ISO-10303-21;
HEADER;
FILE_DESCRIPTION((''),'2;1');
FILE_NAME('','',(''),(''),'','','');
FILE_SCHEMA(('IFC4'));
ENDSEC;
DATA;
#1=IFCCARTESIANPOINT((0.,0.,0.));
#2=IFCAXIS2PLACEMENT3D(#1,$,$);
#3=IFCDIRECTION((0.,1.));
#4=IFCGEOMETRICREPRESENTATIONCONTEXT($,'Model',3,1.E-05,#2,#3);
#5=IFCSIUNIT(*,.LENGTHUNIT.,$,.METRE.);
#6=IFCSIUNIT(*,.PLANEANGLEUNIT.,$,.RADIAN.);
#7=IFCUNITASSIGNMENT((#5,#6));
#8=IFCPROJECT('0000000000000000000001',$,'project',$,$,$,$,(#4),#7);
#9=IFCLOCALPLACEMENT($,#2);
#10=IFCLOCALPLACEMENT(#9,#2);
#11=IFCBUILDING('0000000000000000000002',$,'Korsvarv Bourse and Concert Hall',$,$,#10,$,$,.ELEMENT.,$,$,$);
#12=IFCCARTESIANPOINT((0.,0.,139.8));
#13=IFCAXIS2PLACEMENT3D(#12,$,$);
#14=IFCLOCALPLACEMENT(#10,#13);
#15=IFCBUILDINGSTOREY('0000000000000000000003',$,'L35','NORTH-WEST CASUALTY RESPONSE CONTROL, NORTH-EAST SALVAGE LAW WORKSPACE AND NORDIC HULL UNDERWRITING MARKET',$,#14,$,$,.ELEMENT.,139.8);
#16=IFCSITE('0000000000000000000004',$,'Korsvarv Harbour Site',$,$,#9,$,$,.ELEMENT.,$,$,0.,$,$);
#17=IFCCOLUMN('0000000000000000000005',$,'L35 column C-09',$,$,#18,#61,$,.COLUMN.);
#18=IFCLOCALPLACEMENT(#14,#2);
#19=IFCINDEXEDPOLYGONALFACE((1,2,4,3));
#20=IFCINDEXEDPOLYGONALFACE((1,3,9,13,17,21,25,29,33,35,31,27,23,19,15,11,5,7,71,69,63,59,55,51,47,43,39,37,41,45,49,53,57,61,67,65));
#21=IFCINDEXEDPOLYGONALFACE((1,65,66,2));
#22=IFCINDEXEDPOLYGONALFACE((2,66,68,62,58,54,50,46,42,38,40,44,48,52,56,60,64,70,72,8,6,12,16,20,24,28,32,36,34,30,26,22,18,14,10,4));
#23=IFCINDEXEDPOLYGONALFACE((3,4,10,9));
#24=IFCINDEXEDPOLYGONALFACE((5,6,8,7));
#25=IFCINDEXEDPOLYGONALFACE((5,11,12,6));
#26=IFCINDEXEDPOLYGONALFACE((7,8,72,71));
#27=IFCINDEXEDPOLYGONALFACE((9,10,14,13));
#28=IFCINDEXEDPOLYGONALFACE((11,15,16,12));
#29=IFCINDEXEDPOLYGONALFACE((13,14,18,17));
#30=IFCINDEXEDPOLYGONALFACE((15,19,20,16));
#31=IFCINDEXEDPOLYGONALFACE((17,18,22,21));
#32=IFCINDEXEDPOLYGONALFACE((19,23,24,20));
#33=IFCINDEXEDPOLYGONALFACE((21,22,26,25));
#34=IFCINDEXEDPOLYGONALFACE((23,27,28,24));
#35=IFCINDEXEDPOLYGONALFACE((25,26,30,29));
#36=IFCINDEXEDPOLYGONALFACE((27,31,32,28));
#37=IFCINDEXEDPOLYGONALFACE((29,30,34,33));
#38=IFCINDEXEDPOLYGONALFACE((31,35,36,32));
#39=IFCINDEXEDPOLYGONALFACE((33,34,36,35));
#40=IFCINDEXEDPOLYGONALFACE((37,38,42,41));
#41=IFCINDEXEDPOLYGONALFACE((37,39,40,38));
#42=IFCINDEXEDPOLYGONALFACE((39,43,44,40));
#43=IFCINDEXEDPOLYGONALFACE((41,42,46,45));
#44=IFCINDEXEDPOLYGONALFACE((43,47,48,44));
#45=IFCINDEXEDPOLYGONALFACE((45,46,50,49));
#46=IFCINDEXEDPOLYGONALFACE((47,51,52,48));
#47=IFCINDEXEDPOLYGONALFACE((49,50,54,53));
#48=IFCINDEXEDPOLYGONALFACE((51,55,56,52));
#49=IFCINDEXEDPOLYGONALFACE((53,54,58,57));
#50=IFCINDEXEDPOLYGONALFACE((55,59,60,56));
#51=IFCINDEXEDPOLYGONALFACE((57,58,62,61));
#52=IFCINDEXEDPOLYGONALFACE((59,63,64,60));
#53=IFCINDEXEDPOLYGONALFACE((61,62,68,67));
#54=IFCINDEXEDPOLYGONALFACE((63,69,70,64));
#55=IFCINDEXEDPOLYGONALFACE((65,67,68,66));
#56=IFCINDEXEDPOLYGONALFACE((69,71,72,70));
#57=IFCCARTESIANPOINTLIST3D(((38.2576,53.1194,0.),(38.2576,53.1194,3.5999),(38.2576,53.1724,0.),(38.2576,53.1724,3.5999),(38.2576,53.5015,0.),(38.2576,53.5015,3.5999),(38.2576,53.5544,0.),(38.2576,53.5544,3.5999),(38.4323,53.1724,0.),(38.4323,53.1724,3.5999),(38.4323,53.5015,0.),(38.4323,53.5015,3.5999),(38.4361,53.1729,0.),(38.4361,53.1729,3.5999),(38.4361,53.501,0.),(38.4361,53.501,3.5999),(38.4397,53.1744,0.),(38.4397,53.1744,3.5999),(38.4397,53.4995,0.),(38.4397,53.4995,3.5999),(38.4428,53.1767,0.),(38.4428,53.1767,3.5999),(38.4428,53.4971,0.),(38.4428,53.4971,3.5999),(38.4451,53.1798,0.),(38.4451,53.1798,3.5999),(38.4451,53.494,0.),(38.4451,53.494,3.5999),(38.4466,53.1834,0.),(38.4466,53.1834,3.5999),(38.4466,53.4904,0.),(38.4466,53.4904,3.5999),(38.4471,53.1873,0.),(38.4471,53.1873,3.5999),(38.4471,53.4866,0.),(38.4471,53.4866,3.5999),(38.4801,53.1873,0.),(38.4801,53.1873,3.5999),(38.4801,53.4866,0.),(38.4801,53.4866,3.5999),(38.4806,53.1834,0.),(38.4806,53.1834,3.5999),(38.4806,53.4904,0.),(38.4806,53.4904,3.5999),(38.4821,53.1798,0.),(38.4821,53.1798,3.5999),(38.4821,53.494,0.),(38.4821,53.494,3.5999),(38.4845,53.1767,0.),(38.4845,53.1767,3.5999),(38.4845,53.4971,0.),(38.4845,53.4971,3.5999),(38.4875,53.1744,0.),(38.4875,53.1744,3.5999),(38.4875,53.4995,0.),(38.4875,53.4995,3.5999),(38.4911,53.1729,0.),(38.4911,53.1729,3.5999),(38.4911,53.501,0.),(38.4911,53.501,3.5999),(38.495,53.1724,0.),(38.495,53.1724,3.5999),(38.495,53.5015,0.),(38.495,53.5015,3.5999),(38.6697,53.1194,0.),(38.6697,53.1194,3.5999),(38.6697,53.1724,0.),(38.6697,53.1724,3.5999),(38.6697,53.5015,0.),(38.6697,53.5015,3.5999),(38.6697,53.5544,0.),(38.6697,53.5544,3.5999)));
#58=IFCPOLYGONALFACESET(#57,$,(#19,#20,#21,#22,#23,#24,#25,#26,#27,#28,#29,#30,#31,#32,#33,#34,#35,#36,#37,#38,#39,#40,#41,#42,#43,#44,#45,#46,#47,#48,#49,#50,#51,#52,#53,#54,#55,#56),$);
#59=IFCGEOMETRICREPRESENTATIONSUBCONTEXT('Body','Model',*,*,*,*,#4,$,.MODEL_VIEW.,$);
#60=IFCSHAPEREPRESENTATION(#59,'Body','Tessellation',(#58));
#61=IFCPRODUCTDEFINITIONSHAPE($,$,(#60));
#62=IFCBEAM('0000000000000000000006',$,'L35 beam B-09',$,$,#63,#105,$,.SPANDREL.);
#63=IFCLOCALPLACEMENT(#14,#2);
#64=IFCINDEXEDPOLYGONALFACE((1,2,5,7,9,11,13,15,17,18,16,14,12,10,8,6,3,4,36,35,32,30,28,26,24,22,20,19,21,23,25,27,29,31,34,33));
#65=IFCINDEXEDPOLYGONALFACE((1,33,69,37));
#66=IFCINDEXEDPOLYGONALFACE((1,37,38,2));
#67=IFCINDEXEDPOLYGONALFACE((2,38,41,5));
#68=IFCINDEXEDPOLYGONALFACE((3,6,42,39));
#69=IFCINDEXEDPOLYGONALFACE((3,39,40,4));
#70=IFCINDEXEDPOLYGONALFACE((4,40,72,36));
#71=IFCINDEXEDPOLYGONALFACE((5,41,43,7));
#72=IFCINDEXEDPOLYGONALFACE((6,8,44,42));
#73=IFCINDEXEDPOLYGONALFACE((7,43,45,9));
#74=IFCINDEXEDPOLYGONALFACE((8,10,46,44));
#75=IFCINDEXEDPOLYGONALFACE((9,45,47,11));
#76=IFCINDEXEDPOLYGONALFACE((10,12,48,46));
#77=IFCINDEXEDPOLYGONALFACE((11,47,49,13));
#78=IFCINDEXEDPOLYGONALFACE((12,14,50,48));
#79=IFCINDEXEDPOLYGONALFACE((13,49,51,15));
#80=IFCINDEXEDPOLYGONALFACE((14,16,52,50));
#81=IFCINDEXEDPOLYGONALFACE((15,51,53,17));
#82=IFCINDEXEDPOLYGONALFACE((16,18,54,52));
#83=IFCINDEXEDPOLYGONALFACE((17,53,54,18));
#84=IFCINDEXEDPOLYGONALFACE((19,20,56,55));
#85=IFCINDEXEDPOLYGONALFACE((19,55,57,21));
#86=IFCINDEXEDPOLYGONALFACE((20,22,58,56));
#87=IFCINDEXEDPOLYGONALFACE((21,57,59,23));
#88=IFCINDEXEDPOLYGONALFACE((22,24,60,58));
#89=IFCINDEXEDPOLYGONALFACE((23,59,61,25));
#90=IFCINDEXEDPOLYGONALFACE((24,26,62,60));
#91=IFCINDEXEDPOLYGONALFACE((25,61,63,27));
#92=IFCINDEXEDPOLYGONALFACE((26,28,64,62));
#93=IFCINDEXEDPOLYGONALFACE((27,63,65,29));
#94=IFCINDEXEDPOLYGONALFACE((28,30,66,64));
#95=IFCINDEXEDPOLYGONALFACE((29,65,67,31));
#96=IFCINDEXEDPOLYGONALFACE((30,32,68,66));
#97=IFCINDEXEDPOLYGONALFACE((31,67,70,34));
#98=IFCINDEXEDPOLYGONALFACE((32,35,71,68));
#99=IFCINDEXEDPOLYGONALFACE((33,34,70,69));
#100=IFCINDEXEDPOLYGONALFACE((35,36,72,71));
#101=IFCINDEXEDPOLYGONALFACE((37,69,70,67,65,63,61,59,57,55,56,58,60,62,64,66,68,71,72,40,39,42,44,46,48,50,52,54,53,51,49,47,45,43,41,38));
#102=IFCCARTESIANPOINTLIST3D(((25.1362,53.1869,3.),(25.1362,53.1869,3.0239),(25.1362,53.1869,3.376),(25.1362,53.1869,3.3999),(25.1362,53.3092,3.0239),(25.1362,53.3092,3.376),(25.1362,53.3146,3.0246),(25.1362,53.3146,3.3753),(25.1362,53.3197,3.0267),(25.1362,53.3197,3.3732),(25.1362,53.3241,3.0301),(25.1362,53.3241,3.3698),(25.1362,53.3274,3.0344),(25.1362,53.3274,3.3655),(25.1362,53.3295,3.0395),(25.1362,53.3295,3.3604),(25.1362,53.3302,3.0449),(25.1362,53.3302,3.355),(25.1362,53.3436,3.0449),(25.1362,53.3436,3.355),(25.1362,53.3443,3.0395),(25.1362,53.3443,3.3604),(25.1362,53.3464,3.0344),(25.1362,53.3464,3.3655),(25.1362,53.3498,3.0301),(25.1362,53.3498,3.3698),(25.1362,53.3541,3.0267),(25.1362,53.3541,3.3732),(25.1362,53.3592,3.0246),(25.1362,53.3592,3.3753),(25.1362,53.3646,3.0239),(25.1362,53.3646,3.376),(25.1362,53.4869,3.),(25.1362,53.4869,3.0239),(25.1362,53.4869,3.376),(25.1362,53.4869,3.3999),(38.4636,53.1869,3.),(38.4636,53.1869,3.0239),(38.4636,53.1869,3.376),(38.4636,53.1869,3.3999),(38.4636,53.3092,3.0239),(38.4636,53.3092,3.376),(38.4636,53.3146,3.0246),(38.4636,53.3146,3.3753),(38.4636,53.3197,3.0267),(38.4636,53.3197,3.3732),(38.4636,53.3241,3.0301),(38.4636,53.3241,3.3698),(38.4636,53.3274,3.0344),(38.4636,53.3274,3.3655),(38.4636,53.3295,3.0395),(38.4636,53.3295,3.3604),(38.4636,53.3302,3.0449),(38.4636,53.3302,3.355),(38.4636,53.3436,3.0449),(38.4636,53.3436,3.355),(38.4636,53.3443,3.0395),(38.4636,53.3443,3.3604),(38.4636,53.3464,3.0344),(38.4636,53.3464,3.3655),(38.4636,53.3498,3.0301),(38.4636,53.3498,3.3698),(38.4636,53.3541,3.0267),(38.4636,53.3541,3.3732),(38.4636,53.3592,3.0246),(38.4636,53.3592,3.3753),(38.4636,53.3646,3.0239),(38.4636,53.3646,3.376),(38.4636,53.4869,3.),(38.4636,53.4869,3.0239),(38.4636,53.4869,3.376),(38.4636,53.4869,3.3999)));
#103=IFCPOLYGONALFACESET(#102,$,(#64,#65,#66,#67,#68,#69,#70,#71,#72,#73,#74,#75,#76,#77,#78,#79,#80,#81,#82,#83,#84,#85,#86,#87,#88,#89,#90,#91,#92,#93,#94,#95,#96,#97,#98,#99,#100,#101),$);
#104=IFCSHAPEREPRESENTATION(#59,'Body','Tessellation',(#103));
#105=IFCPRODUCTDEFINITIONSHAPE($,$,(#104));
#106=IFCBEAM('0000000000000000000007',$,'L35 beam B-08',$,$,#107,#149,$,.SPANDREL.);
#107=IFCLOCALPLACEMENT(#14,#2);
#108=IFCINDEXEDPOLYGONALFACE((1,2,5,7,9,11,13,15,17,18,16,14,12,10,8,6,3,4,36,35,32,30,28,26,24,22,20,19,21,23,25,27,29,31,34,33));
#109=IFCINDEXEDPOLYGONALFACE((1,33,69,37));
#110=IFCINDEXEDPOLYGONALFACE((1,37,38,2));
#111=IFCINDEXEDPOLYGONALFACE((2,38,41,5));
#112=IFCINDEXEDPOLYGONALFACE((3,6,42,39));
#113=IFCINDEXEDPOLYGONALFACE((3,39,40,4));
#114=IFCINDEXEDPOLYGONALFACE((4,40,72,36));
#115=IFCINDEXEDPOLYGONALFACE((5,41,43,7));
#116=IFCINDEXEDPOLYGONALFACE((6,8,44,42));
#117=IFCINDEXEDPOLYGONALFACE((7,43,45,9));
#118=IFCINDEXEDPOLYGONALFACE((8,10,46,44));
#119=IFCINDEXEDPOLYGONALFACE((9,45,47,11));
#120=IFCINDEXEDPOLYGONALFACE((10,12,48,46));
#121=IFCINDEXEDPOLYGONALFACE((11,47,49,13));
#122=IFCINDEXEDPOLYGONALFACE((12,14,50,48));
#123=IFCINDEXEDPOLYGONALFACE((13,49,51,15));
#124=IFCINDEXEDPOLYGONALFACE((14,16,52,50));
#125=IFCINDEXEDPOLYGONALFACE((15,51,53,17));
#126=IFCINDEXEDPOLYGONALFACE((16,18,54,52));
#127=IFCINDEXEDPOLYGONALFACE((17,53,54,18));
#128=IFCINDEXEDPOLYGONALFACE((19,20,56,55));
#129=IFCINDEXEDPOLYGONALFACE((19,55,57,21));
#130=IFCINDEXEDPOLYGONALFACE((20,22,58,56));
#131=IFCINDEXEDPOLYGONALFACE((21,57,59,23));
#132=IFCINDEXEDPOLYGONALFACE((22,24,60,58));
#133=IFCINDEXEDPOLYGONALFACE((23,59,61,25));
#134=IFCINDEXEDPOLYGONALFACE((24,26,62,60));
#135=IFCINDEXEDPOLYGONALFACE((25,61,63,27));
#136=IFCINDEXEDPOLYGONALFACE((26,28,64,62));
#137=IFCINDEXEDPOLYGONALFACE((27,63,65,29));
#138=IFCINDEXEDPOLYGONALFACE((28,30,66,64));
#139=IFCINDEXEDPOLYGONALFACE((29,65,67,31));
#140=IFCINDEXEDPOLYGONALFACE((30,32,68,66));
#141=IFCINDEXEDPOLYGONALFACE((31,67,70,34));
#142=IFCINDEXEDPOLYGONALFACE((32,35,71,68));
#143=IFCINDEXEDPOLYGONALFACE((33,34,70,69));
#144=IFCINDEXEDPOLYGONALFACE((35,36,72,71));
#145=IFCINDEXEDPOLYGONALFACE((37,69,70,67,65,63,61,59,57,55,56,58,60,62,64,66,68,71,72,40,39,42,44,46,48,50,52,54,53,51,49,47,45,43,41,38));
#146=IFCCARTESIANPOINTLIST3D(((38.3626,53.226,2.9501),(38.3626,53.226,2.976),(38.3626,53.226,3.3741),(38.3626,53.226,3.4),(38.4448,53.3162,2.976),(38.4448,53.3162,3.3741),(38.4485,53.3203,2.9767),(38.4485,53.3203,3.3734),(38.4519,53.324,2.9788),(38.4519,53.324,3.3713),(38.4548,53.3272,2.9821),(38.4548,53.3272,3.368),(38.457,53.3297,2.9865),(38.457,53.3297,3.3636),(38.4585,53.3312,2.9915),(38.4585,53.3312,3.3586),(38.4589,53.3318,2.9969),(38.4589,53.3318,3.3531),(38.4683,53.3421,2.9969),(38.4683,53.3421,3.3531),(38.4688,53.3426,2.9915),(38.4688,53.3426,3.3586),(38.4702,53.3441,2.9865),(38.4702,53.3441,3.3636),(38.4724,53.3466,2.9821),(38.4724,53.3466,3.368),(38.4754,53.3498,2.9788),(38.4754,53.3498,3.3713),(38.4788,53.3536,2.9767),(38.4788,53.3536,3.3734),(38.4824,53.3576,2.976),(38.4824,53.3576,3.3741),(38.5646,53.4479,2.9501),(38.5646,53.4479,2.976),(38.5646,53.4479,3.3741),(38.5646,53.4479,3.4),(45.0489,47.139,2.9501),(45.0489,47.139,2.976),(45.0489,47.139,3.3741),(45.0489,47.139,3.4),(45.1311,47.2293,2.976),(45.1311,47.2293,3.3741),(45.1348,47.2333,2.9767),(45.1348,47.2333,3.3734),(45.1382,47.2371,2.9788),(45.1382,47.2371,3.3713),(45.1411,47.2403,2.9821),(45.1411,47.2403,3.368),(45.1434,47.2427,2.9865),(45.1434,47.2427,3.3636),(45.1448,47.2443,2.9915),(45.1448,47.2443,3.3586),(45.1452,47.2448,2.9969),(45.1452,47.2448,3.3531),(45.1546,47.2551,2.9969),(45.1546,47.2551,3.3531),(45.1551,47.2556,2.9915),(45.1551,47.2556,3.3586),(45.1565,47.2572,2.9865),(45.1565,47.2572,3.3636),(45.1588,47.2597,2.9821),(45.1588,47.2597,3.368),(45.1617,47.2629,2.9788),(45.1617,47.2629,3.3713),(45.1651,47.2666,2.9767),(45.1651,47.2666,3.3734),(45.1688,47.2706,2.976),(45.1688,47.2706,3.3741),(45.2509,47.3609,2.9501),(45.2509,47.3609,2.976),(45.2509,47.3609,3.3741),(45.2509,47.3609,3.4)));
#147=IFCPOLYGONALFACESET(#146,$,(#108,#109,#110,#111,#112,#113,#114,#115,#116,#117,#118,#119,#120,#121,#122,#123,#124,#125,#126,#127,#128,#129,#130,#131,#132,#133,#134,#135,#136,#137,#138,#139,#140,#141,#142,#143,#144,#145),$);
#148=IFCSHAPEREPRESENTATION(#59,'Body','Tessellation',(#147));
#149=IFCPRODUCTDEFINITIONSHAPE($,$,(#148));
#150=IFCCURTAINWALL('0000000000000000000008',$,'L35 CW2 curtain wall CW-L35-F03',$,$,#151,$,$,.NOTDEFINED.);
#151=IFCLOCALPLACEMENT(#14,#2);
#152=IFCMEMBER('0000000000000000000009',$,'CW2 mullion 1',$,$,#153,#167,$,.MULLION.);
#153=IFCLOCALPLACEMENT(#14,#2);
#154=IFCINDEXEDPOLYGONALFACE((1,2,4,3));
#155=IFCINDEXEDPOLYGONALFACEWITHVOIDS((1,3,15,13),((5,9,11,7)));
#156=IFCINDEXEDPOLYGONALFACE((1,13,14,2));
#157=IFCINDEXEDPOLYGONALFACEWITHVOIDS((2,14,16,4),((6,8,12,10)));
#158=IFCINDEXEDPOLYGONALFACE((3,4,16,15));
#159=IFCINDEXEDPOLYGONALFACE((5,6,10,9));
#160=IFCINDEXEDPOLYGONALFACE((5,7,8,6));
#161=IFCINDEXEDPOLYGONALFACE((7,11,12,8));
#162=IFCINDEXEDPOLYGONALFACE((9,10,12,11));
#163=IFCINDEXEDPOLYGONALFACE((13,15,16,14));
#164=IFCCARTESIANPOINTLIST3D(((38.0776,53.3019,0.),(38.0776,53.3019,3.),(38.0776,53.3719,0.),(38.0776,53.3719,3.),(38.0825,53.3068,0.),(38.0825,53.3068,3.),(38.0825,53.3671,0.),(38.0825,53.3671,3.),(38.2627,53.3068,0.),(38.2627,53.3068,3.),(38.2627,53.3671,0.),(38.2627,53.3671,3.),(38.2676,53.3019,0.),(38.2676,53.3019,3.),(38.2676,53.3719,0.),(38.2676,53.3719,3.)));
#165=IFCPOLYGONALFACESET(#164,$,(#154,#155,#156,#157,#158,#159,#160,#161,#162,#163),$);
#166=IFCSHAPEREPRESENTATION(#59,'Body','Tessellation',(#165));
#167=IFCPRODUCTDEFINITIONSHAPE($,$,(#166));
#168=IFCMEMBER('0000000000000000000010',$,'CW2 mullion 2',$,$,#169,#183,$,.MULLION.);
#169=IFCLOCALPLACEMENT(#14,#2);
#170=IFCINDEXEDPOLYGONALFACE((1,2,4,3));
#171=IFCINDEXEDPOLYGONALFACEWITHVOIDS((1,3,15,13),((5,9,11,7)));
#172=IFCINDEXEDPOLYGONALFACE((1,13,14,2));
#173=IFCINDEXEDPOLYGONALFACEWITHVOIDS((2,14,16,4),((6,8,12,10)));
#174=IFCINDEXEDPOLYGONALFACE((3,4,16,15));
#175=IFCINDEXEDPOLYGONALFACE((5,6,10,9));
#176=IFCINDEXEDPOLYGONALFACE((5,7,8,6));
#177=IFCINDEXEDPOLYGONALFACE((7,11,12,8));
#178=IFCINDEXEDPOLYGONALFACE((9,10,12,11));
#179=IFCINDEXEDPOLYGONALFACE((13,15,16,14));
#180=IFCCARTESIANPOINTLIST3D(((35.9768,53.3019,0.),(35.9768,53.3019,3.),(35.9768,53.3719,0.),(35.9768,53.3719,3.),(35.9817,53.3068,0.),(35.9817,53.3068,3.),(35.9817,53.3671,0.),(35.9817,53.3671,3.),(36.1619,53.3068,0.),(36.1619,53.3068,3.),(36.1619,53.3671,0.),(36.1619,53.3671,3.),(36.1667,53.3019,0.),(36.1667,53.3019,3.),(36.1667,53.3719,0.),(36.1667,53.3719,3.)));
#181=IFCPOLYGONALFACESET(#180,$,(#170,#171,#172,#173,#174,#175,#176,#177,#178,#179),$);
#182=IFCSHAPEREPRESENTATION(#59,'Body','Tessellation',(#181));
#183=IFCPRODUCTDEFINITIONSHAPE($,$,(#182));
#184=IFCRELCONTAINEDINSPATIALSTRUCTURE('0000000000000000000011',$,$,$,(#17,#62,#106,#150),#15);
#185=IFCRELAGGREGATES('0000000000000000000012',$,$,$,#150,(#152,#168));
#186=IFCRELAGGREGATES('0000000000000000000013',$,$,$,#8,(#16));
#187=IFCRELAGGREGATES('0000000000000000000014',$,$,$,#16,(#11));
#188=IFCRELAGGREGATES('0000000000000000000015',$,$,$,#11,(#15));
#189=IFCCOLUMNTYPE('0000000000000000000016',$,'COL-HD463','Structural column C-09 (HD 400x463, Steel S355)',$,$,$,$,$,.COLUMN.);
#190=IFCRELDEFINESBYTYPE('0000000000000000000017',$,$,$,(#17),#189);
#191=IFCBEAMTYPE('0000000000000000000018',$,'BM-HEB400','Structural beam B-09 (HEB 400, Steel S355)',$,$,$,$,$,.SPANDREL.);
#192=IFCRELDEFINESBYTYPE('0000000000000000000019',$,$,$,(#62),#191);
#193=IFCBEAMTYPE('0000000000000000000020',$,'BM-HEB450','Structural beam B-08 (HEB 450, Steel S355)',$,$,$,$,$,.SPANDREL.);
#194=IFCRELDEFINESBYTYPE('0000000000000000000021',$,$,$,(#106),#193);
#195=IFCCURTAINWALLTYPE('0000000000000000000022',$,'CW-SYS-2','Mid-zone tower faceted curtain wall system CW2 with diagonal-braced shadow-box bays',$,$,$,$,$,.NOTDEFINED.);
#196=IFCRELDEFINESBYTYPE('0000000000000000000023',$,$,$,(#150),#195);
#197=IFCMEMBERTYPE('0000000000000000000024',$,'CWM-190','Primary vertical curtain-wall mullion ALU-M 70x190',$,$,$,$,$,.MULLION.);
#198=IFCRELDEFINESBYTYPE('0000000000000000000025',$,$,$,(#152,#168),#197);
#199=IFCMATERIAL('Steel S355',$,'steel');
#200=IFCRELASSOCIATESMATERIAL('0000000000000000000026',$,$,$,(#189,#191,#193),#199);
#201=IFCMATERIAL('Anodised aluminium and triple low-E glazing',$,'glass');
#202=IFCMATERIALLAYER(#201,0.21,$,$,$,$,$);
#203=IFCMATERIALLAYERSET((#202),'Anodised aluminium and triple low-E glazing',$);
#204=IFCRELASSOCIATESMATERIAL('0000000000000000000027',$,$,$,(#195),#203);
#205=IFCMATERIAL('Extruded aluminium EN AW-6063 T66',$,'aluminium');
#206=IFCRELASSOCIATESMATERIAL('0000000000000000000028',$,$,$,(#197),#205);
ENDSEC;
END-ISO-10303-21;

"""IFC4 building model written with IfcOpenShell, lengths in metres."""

from ifc_helpers import new_model, si_unit, direction, frame, origin, origin_2d, place, context, subcontext, project, spatial, hollow_rectangle, i_section, extrude, source, transform, mapped, material, layer, layer_set, material_profile, profile_set, type_object, element, aggregate, save


model = new_model("IFC4")

# Units and contexts
model_context = context("Model", 3, precision=1e-05, world=origin(), true_north=direction((0.0, 1.0)))
body_context = subcontext(model_context, "Body", "Model", "MODEL_VIEW")
ifc_project = project(units=[si_unit("LENGTHUNIT", "METRE"), si_unit("PLANEANGLEUNIT", "RADIAN")], contexts=[model_context])

# Site, building, storey
site_placement = place(None, origin())
site = spatial("IfcSite", under=ifc_project, at=site_placement, Name="Korsvarv Harbour Site", CompositionType="ELEMENT", RefElevation=0.0)
building_placement = place(site_placement, origin())
building = spatial("IfcBuilding", under=site, at=building_placement, Name="Korsvarv Bourse and Concert Hall", CompositionType="ELEMENT")
storey_placement = place(building_placement, frame((0.0, 0.0, 139.8)))
storey = spatial("IfcBuildingStorey", under=building, at=storey_placement, Name="L35", Description="NORTH-WEST CASUALTY RESPONSE CONTROL, NORTH-EAST SALVAGE LAW WORKSPACE AND NORDIC HULL UNDERWRITING MARKET", CompositionType="ELEMENT", Elevation=139.8)

# Column
ifc_material_1 = material(Name="Steel S355", Category="steel")
ifc_material_profile_1 = material_profile(ifc_material_1, i_section(OverallWidth=0.4121, OverallDepth=0.4351, WebThickness=0.033, FlangeThickness=0.053, FilletRadius=0.0149, at=origin_2d()), Name="HD 400x463")
ifc_profile_set_1 = profile_set([ifc_material_profile_1], Name="Steel S355")
column_type = type_object("IfcColumnType", Name="COL-HD463", Description="Structural column C-09 (HD 400x463, Steel S355)", PredefinedType="COLUMN", material=ifc_profile_set_1)
shared_shape_1 = source(origin(), body_context, "Body", "SweptSolid", [
    extrude(i_section(OverallWidth=0.4121, OverallDepth=0.4351, WebThickness=0.033, FlangeThickness=0.053, FilletRadius=0.0149, at=origin_2d()), origin(), (0.0, 0.0, 1.0), 3.5999),
])
column_placement = place(storey_placement, frame((38.4636, 53.3369, 0.0), z_axis=(0.0, 0.0, 1.0), x_axis=(1.0, 0.0, 0.0)))
element("IfcColumn", 1, at=column_placement, inside=storey, type_object=column_type, Name="L35 column C-09", PredefinedType="COLUMN", context=body_context, shape_type="MappedRepresentation", body=[
    mapped(shared_shape_1, transform((0.0, 0.0, 0.0), scale=1.0)),
])

# Beams
ifc_material_profile_2 = material_profile(ifc_material_1, i_section(OverallWidth=0.3, OverallDepth=0.3999, WebThickness=0.0134, FlangeThickness=0.0239, FilletRadius=0.021, at=origin_2d()), Name="HEB 400")
ifc_profile_set_2 = profile_set([ifc_material_profile_2], Name="Steel S355")
beam_type_1 = type_object("IfcBeamType", Name="BM-HEB400", Description="Structural beam B-09 (HEB 400, Steel S355)", PredefinedType="SPANDREL", material=ifc_profile_set_2)
shared_shape_2 = source(origin(), body_context, "Body", "SweptSolid", [
    extrude(i_section(OverallWidth=0.3, OverallDepth=0.3999, WebThickness=0.0134, FlangeThickness=0.0239, FilletRadius=0.021, at=origin_2d()), origin(), (0.0, 0.0, 1.0), 13.3274),
])
beam_1_placement = place(storey_placement, frame((38.4636, 53.3369, 3.2), z_axis=(-1.0, 0.0, 0.0), x_axis=(0.0, -1.0, 0.0)))
element("IfcBeam", 2, at=beam_1_placement, inside=storey, type_object=beam_type_1, Name="L35 beam B-09", PredefinedType="SPANDREL", context=body_context, shape_type="MappedRepresentation", body=[
    mapped(shared_shape_2, transform((0.0, 0.0, 0.0), scale=1.0)),
])
ifc_material_profile_3 = material_profile(ifc_material_1, i_section(OverallWidth=0.3, OverallDepth=0.45, WebThickness=0.0139, FlangeThickness=0.0259, FilletRadius=0.021, at=origin_2d()), Name="HEB 450")
ifc_profile_set_3 = profile_set([ifc_material_profile_3], Name="Steel S355")
beam_type_2 = type_object("IfcBeamType", Name="BM-HEB450", Description="Structural beam B-08 (HEB 450, Steel S355)", PredefinedType="SPANDREL", material=ifc_profile_set_3)
shared_shape_3 = source(origin(), body_context, "Body", "SweptSolid", [
    extrude(i_section(OverallWidth=0.3, OverallDepth=0.45, WebThickness=0.0139, FlangeThickness=0.0259, FilletRadius=0.021, at=origin_2d()), origin(), (0.0, 0.0, 1.0), 9.042),
])
beam_2_placement = place(storey_placement, frame((38.4636, 53.3369, 3.175), z_axis=(0.739473, -0.673186, 0.0), x_axis=(0.673186, 0.739473, 0.0)))
element("IfcBeam", 3, at=beam_2_placement, inside=storey, type_object=beam_type_2, Name="L35 beam B-08", PredefinedType="SPANDREL", context=body_context, shape_type="MappedRepresentation", body=[
    mapped(shared_shape_3, transform((0.0, 0.0, 0.0), scale=1.0)),
])

# Curtain wall, members
ifc_material_2 = material(Name="Anodised aluminium and triple low-E glazing", Category="glass")
ifc_layer_1 = layer(ifc_material_2, 0.21)
ifc_layer_set_1 = layer_set([ifc_layer_1], Name="Anodised aluminium and triple low-E glazing")
curtain_wall_type = type_object("IfcCurtainWallType", Name="CW-SYS-2", Description="Mid-zone tower faceted curtain wall system CW2 with diagonal-braced shadow-box bays", PredefinedType="NOTDEFINED", material=ifc_layer_set_1)
curtain_wall_placement = place(storey_placement, origin())
curtain_wall = element("IfcCurtainWall", 4, at=curtain_wall_placement, inside=storey, type_object=curtain_wall_type, Name="L35 CW2 curtain wall CW-L35-F03", PredefinedType="NOTDEFINED")
ifc_material_3 = material(Name="Extruded aluminium EN AW-6063 T66", Category="aluminium")
ifc_material_profile_4 = material_profile(ifc_material_3, hollow_rectangle(XDim=0.0701, YDim=0.1899, WallThickness=0.0049, at=origin_2d()), Name="ALU-M 70x190")
ifc_profile_set_4 = profile_set([ifc_material_profile_4], Name="Extruded aluminium EN AW-6063 T66")
member_type_1 = type_object("IfcMemberType", Name="CWM-190", Description="Primary vertical curtain-wall mullion ALU-M 70x190", PredefinedType="MULLION", material=ifc_profile_set_4)
shared_shape_4 = source(origin(), body_context, "Body", "SweptSolid", [
    extrude(hollow_rectangle(XDim=0.0701, YDim=0.1899, WallThickness=0.0049, at=origin_2d()), origin(), (0.0, 0.0, 1.0), 3.0),
])
member_1_placement = place(storey_placement, frame((38.1726, 53.3369, 0.0), z_axis=(0.0, 0.0, 1.0), x_axis=(0.0, -1.0, 0.0)))
member_1 = element("IfcMember", 5, at=member_1_placement, type_object=member_type_1, Name="CW2 mullion 1", PredefinedType="MULLION", context=body_context, shape_type="MappedRepresentation", body=[
    mapped(shared_shape_4, transform((0.0, 0.0, 0.0), scale=1.0)),
])
member_2_placement = place(storey_placement, frame((36.0718, 53.3369, 0.0), z_axis=(0.0, 0.0, 1.0), x_axis=(0.0, -1.0, 0.0)))
member_2 = element("IfcMember", 6, at=member_2_placement, type_object=member_type_1, Name="CW2 mullion 2", PredefinedType="MULLION", context=body_context, shape_type="MappedRepresentation", body=[
    mapped(shared_shape_4, transform((0.0, 0.0, 0.0), scale=1.0)),
])
aggregate(curtain_wall, [member_1, member_2])

save(model, "model.ifc")
